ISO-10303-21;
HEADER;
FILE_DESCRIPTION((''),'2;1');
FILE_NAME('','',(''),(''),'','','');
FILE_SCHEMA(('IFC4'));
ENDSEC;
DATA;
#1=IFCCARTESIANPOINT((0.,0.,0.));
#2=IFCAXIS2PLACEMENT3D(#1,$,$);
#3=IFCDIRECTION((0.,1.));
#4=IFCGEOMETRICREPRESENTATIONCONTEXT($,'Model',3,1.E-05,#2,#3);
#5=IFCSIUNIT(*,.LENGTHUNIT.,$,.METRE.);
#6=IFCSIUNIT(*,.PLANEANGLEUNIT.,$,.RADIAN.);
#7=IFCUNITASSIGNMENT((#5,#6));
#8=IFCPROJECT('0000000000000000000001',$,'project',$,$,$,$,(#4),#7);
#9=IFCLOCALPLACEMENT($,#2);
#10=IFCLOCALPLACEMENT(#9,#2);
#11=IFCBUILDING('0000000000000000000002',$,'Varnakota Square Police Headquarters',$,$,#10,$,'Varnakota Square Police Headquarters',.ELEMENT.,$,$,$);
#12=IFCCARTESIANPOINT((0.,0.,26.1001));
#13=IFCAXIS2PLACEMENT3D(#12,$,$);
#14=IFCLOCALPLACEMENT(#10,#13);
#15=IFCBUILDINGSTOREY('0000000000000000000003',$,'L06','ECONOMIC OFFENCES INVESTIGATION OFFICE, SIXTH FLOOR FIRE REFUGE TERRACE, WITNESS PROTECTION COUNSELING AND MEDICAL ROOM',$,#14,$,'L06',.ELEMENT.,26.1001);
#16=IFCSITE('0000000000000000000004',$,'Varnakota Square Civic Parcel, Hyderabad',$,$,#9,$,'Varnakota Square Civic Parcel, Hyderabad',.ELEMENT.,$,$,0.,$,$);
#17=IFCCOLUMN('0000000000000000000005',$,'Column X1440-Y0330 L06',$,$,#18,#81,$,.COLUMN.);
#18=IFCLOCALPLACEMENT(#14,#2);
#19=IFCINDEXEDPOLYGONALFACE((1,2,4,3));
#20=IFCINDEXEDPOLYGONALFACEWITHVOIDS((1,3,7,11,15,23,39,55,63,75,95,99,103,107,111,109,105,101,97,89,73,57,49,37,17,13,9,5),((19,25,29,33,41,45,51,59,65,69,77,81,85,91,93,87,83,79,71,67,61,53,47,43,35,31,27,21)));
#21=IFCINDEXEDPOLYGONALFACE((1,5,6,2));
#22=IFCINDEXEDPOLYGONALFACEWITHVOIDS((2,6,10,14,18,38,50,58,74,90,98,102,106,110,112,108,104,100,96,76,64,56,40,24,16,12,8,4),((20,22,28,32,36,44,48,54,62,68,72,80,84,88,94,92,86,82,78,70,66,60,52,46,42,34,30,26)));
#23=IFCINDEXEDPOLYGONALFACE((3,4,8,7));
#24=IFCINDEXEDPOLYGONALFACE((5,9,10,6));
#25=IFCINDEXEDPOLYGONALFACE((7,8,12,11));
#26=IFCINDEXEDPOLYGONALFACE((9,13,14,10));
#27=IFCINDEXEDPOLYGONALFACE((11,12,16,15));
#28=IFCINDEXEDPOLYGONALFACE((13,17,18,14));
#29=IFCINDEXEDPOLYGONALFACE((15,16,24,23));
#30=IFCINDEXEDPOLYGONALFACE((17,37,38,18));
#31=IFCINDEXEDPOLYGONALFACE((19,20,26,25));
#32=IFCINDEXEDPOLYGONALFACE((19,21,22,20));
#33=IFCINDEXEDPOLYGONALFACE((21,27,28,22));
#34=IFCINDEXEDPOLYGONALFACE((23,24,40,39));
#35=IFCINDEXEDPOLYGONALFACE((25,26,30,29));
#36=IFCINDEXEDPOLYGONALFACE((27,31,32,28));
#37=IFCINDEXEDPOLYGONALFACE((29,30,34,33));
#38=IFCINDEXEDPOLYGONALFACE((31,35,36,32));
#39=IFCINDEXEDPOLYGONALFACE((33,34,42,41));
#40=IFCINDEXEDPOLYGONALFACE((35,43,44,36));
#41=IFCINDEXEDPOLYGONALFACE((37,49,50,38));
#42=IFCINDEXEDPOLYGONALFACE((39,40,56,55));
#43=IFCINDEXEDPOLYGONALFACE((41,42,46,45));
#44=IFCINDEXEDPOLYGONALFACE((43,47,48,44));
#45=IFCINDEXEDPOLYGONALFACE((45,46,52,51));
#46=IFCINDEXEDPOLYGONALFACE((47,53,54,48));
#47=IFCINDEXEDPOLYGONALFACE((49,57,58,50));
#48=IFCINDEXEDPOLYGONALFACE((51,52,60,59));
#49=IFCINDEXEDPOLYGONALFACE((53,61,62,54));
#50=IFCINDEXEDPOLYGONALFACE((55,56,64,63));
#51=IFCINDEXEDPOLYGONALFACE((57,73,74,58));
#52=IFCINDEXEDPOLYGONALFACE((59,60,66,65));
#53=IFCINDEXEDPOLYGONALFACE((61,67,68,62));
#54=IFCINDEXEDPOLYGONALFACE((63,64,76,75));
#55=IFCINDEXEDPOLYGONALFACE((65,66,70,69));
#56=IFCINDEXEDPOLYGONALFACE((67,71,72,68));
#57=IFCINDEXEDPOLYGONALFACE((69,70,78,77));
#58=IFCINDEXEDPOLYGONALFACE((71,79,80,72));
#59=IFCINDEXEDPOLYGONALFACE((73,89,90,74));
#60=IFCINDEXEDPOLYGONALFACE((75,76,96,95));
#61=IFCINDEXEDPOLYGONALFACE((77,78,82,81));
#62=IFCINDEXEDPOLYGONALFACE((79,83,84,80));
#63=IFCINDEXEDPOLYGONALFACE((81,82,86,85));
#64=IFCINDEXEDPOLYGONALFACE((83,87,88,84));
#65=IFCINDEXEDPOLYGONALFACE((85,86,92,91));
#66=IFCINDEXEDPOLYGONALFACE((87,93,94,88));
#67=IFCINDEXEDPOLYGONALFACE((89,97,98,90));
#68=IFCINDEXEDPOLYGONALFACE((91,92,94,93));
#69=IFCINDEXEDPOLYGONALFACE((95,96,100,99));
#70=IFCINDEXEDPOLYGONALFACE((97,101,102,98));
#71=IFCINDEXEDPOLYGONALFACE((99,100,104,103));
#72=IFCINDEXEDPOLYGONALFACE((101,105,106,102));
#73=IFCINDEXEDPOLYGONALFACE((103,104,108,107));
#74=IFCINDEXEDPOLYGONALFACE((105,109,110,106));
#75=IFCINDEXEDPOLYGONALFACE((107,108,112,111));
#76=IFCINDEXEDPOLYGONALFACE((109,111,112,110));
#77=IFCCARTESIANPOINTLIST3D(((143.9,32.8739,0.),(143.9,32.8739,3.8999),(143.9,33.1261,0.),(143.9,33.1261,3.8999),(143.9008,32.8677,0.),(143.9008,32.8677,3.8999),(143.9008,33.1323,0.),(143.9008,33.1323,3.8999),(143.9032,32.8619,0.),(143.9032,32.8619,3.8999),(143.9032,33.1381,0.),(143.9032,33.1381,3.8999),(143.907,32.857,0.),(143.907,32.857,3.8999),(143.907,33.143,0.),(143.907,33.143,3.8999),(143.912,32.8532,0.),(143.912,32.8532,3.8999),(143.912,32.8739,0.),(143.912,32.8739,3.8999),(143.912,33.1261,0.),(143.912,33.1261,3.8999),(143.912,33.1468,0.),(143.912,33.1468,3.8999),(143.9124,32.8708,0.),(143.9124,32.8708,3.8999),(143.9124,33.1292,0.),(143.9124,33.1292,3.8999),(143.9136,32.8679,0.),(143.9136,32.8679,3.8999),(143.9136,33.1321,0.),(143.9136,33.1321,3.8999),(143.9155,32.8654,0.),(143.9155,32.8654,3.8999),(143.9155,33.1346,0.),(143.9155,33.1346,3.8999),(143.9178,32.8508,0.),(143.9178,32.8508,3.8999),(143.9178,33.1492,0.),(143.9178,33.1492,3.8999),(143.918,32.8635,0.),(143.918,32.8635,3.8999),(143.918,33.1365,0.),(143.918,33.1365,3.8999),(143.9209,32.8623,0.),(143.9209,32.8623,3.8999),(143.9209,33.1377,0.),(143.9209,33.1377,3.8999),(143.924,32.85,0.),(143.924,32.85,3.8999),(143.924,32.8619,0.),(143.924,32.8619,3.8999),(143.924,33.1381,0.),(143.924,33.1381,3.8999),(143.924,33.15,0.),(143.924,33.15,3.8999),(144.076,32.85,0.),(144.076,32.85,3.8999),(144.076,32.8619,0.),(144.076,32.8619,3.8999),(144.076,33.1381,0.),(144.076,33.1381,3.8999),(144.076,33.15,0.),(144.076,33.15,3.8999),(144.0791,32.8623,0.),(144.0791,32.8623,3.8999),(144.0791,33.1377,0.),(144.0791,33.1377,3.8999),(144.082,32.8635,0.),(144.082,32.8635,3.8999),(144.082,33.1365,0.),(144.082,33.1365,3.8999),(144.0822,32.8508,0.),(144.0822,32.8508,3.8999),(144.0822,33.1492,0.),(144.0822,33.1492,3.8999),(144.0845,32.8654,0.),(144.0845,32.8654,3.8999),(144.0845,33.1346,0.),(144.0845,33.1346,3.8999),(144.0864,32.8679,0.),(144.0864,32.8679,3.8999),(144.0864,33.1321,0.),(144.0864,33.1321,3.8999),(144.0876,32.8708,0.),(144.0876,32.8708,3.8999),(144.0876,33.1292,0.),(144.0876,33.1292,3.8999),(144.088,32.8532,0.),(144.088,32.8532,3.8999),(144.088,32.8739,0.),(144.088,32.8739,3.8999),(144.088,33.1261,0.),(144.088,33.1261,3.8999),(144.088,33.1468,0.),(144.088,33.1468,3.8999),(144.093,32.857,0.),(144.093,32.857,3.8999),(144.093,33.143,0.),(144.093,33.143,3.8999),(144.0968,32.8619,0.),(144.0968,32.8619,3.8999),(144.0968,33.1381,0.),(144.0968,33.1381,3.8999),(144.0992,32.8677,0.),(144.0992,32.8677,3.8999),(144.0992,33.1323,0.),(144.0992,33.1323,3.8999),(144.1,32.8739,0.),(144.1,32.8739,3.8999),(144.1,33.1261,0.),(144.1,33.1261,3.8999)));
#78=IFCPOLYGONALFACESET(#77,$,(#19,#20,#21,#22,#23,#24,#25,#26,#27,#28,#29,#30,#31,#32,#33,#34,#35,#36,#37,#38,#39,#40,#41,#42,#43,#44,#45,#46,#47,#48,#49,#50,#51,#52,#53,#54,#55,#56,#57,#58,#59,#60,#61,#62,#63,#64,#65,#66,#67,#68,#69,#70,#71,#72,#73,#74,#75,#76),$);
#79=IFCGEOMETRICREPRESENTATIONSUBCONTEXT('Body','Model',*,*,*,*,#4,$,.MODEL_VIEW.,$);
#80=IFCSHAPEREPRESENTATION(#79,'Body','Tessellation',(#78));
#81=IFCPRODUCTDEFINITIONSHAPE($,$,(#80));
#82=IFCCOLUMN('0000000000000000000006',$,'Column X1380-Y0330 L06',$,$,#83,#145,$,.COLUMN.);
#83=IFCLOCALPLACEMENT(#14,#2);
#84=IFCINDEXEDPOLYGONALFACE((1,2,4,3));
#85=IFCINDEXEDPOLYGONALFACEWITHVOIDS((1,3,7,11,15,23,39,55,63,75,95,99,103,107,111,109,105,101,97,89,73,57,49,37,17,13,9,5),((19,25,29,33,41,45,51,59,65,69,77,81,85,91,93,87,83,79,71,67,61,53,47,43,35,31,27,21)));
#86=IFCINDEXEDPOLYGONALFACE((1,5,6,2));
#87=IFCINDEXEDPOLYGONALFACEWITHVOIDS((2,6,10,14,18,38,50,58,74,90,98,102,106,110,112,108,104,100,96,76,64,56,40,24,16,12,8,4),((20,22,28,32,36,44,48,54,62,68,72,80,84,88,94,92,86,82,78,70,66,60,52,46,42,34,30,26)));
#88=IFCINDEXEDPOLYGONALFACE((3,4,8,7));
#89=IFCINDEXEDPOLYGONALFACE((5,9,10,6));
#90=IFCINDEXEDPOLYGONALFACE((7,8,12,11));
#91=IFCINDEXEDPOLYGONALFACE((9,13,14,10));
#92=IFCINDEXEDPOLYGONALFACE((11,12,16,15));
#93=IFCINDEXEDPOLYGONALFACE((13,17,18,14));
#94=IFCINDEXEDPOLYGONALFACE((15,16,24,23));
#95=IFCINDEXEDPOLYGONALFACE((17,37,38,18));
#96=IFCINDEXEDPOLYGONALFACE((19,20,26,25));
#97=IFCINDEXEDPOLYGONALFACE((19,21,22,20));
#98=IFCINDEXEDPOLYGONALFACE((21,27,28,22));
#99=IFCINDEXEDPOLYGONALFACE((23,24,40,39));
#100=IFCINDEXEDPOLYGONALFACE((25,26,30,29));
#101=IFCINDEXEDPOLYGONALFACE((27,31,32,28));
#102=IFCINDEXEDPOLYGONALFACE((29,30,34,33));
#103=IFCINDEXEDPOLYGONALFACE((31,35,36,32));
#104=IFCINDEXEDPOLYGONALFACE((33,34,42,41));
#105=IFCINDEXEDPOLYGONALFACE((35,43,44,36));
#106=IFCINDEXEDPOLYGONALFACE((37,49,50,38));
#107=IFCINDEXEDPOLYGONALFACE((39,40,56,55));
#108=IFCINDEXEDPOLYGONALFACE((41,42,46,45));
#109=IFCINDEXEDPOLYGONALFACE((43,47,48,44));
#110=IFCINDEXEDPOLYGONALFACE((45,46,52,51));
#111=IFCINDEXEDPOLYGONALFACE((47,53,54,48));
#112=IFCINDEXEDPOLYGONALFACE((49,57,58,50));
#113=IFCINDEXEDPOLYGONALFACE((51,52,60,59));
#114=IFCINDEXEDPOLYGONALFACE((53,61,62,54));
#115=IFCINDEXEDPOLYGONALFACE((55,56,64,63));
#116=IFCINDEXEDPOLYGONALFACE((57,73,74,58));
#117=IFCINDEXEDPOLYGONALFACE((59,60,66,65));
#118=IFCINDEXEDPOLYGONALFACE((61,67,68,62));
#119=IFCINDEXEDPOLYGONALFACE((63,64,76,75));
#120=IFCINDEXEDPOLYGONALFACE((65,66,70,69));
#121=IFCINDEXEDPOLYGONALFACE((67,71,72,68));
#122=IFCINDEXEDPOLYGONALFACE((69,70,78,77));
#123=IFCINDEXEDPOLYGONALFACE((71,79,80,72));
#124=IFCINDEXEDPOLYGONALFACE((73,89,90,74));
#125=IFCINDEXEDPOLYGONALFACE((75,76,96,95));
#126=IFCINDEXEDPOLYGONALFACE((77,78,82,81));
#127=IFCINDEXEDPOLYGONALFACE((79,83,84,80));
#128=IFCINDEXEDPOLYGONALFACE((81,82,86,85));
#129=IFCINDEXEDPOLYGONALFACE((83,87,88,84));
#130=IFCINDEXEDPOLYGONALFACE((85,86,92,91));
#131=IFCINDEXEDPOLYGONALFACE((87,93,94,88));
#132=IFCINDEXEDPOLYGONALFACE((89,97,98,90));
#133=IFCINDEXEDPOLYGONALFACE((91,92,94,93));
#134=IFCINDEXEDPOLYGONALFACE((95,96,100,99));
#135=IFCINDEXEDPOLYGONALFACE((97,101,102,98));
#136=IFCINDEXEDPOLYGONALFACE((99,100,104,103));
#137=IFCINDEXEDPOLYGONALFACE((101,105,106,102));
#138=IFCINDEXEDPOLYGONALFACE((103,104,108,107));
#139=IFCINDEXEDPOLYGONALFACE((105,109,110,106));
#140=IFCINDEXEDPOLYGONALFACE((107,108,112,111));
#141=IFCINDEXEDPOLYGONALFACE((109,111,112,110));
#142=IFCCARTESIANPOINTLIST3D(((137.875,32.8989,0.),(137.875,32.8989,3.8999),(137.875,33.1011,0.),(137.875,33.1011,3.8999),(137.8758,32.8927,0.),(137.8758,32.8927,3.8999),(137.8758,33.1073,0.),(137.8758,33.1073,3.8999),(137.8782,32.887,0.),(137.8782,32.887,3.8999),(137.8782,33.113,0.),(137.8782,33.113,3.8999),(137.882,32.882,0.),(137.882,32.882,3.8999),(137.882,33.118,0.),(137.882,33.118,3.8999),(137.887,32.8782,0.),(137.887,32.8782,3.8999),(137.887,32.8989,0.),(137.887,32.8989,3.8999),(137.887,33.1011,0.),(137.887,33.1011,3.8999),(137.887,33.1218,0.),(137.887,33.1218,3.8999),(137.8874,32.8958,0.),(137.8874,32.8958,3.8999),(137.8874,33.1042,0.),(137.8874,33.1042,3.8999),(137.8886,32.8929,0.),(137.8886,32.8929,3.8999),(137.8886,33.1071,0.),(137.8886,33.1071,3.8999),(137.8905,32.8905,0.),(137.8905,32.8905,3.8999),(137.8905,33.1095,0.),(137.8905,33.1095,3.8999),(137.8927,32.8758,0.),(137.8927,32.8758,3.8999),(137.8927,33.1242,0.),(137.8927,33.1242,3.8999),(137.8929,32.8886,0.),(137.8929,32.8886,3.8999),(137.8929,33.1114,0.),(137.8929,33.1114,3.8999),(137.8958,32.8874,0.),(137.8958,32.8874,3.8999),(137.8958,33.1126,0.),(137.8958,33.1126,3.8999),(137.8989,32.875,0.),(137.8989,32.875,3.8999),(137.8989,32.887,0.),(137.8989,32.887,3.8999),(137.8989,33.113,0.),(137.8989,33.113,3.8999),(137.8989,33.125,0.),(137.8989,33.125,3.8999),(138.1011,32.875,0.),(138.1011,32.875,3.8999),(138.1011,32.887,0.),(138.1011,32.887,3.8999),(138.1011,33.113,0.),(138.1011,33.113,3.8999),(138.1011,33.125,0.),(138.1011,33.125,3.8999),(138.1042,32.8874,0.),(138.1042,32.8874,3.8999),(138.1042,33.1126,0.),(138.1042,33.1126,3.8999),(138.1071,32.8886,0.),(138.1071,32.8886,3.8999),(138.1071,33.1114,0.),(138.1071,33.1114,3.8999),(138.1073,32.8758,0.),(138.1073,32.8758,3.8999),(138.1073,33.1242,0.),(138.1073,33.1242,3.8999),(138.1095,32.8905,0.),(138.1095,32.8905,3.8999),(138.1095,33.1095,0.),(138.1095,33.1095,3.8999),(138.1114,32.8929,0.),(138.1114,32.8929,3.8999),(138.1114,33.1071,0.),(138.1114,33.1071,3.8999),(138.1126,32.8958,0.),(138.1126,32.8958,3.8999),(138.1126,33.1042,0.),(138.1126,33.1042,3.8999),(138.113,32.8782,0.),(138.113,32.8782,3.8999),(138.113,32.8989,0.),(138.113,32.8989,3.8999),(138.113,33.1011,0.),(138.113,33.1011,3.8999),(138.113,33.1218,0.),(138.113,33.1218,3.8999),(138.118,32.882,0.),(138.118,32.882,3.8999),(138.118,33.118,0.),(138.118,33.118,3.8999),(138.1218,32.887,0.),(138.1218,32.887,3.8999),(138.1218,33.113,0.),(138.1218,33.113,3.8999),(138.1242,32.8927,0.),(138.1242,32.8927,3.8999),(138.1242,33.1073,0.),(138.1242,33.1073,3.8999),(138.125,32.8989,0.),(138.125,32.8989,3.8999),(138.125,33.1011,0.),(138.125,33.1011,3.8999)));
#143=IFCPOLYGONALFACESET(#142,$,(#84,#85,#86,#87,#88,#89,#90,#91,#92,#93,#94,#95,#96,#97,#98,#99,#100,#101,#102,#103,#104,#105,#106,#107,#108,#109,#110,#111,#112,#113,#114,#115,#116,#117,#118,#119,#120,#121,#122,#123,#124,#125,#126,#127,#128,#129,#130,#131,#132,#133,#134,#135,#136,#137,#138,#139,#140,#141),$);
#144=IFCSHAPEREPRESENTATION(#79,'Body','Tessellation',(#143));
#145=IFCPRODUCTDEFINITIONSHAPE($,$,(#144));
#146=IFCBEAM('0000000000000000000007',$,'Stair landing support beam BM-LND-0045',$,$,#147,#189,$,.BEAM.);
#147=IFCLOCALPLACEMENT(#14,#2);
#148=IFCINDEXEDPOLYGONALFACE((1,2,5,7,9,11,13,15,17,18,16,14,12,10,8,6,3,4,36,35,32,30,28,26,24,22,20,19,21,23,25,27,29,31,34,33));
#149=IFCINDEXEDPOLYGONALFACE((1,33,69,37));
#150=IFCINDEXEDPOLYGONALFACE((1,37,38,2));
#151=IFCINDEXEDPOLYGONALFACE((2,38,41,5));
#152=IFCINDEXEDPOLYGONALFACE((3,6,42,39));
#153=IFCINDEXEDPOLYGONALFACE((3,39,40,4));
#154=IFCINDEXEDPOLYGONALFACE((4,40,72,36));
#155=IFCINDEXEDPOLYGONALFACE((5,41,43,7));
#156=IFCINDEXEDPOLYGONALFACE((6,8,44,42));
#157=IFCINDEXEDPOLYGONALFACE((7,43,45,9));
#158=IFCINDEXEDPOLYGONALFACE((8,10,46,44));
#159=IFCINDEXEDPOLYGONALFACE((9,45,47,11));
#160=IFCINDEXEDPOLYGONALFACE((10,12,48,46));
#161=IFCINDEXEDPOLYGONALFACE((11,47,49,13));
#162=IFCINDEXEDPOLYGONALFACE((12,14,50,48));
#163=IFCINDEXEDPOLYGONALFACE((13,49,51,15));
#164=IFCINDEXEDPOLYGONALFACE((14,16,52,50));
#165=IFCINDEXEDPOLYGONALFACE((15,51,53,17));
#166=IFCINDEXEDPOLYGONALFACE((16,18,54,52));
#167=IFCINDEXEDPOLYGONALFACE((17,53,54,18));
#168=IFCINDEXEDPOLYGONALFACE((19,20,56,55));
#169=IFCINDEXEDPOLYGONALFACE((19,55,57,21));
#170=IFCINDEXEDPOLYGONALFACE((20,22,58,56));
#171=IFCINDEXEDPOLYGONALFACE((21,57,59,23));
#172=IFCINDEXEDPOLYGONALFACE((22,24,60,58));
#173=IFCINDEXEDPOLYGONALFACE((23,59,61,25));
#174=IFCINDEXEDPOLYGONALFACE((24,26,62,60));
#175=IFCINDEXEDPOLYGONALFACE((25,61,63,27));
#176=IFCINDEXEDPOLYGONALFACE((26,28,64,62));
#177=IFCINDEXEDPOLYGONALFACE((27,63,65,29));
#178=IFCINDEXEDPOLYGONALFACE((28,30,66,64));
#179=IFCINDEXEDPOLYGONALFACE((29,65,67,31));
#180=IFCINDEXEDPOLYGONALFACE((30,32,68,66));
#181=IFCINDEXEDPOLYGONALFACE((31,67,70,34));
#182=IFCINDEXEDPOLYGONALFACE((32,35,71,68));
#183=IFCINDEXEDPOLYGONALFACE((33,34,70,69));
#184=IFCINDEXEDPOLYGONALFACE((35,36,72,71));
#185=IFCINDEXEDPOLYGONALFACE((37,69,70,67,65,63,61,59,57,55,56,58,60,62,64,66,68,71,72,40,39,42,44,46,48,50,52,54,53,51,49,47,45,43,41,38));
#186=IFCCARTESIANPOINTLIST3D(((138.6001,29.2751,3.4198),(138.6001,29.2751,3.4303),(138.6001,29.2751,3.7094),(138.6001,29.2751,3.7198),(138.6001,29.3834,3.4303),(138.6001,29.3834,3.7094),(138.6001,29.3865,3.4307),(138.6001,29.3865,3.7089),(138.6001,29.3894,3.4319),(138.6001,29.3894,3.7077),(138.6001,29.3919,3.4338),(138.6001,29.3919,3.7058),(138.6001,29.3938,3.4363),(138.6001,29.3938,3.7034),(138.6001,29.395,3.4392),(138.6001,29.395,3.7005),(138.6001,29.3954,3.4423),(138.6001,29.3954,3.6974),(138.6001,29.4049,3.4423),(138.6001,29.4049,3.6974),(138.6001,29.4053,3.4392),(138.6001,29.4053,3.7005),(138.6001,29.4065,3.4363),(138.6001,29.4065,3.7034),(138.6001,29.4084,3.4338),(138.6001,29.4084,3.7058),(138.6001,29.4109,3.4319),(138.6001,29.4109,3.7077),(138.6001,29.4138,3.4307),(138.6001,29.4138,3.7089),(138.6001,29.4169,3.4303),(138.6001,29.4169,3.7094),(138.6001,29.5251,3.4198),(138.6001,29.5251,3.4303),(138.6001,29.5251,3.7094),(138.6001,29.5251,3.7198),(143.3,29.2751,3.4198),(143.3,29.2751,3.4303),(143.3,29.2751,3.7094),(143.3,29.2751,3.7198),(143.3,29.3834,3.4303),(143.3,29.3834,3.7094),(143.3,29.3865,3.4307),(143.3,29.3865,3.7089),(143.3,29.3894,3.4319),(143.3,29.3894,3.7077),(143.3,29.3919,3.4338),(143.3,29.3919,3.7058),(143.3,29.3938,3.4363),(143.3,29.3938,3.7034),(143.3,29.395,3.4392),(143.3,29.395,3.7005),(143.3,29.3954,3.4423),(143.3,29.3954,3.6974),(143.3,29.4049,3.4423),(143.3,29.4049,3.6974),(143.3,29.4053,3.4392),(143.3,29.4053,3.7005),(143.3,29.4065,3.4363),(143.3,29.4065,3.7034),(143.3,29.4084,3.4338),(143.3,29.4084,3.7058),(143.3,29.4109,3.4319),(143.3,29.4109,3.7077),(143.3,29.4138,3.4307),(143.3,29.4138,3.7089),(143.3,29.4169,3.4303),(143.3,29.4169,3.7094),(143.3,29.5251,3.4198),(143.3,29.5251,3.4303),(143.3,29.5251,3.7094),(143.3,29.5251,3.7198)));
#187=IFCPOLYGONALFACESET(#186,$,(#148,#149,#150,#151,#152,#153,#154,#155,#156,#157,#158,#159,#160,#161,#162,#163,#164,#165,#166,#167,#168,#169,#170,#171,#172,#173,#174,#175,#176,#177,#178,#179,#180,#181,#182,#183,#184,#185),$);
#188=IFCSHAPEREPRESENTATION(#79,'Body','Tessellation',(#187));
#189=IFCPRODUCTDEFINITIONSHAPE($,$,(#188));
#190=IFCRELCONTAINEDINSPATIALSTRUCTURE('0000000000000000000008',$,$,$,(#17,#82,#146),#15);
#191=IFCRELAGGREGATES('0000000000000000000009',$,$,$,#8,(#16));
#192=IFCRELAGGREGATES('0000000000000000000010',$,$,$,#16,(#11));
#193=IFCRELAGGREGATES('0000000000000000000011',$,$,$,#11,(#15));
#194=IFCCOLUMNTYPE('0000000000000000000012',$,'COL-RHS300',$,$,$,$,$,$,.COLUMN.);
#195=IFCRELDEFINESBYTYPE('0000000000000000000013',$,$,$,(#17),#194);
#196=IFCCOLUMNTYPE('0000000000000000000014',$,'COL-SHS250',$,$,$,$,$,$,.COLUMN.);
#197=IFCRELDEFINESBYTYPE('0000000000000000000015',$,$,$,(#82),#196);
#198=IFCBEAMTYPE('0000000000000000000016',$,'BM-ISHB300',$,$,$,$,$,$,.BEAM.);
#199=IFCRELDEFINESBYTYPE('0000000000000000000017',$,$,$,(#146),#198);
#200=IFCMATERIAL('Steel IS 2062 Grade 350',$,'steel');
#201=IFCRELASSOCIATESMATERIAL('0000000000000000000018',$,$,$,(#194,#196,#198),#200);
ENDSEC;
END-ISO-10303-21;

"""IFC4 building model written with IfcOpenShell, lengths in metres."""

from ifc_helpers import new_model, si_unit, direction, frame, origin, origin_2d, place, context, subcontext, project, spatial, hollow_rectangle, i_section, extrude, material, material_profile, profile_set, type_object, element, save


model = new_model("IFC4")

# Units and contexts
model_context = context("Model", 3, precision=1e-05, world=origin(), true_north=direction((0.0, 1.0)))
body_context = subcontext(model_context, "Body", "Model", "MODEL_VIEW")
ifc_project = project(units=[si_unit("LENGTHUNIT", "METRE"), si_unit("PLANEANGLEUNIT", "RADIAN")], contexts=[model_context])

# Site, building, storey
site_placement = place(None, origin())
site = spatial("IfcSite", under=ifc_project, at=site_placement, Name="Varnakota Square Civic Parcel, Hyderabad", LongName="Varnakota Square Civic Parcel, Hyderabad", CompositionType="ELEMENT", RefElevation=0.0)
building_placement = place(site_placement, origin())
building = spatial("IfcBuilding", under=site, at=building_placement, Name="Varnakota Square Police Headquarters", LongName="Varnakota Square Police Headquarters", CompositionType="ELEMENT")
storey_placement = place(building_placement, frame((0.0, 0.0, 26.1001)))
storey = spatial("IfcBuildingStorey", under=building, at=storey_placement, Name="L06", Description="ECONOMIC OFFENCES INVESTIGATION OFFICE, SIXTH FLOOR FIRE REFUGE TERRACE, WITNESS PROTECTION COUNSELING AND MEDICAL ROOM", LongName="L06", CompositionType="ELEMENT", Elevation=26.1001)

# Columns
ifc_material_1 = material(Name="Steel IS 2062 Grade 350", Category="steel")
ifc_material_profile_1 = material_profile(ifc_material_1, hollow_rectangle(XDim=0.2, YDim=0.3, WallThickness=0.012, InnerFilletRadius=0.012, OuterFilletRadius=0.0239, at=origin_2d()), Name="RHS 300x200x12")
ifc_profile_set_1 = profile_set([ifc_material_profile_1], Name="Steel IS 2062 Grade 350")
column_type_1 = type_object("IfcColumnType", Name="COL-RHS300", PredefinedType="COLUMN", material=ifc_profile_set_1)
column_1_placement = place(storey_placement, frame((144.0, 33.0, 0.0), z_axis=(0.0, 0.0, 1.0), x_axis=(1.0, 0.0, 0.0)))
element("IfcColumn", 1, at=column_1_placement, inside=storey, type_object=column_type_1, Name="Column X1440-Y0330 L06", PredefinedType="COLUMN", context=body_context, shape_type="SweptSolid", body=[
    extrude(hollow_rectangle(XDim=0.2, YDim=0.3, WallThickness=0.012, InnerFilletRadius=0.012, OuterFilletRadius=0.0239, at=origin_2d()), origin(), (0.0, 0.0, 1.0), 3.8999),
])
ifc_material_profile_2 = material_profile(ifc_material_1, hollow_rectangle(XDim=0.25, YDim=0.25, WallThickness=0.012, InnerFilletRadius=0.012, OuterFilletRadius=0.0239, at=origin_2d()), Name="SHS 250x250x12")
ifc_profile_set_2 = profile_set([ifc_material_profile_2], Name="Steel IS 2062 Grade 350")
column_type_2 = type_object("IfcColumnType", Name="COL-SHS250", PredefinedType="COLUMN", material=ifc_profile_set_2)
column_2_placement = place(storey_placement, frame((138.0, 33.0, 0.0), z_axis=(0.0, 0.0, 1.0), x_axis=(1.0, 0.0, 0.0)))
element("IfcColumn", 2, at=column_2_placement, inside=storey, type_object=column_type_2, Name="Column X1380-Y0330 L06", PredefinedType="COLUMN", context=body_context, shape_type="SweptSolid", body=[
    extrude(hollow_rectangle(XDim=0.25, YDim=0.25, WallThickness=0.012, InnerFilletRadius=0.012, OuterFilletRadius=0.0239, at=origin_2d()), origin(), (0.0, 0.0, 1.0), 3.8999),
])

# Beam
ifc_material_profile_3 = material_profile(ifc_material_1, i_section(OverallWidth=0.25, OverallDepth=0.3, WebThickness=0.0095, FlangeThickness=0.0105, FilletRadius=0.012, at=origin_2d()), Name="ISHB 300")
ifc_profile_set_3 = profile_set([ifc_material_profile_3], Name="Steel IS 2062 Grade 350")
beam_type_1 = type_object("IfcBeamType", Name="BM-ISHB300", PredefinedType="BEAM", material=ifc_profile_set_3)
beam_1_placement = place(storey_placement, frame((138.6001, 29.4001, 3.5698), z_axis=(1.0, 0.0, 0.0), x_axis=(0.0, 1.0, 0.0)))
element("IfcBeam", 3, at=beam_1_placement, inside=storey, type_object=beam_type_1, Name="Stair landing support beam BM-LND-0045", PredefinedType="BEAM", context=body_context, shape_type="SweptSolid", body=[
    extrude(i_section(OverallWidth=0.25, OverallDepth=0.3, WebThickness=0.0095, FlangeThickness=0.0105, FilletRadius=0.012, at=origin_2d()), origin(), (0.0, 0.0, 1.0), 4.7),
])

save(model, "model.ifc")
